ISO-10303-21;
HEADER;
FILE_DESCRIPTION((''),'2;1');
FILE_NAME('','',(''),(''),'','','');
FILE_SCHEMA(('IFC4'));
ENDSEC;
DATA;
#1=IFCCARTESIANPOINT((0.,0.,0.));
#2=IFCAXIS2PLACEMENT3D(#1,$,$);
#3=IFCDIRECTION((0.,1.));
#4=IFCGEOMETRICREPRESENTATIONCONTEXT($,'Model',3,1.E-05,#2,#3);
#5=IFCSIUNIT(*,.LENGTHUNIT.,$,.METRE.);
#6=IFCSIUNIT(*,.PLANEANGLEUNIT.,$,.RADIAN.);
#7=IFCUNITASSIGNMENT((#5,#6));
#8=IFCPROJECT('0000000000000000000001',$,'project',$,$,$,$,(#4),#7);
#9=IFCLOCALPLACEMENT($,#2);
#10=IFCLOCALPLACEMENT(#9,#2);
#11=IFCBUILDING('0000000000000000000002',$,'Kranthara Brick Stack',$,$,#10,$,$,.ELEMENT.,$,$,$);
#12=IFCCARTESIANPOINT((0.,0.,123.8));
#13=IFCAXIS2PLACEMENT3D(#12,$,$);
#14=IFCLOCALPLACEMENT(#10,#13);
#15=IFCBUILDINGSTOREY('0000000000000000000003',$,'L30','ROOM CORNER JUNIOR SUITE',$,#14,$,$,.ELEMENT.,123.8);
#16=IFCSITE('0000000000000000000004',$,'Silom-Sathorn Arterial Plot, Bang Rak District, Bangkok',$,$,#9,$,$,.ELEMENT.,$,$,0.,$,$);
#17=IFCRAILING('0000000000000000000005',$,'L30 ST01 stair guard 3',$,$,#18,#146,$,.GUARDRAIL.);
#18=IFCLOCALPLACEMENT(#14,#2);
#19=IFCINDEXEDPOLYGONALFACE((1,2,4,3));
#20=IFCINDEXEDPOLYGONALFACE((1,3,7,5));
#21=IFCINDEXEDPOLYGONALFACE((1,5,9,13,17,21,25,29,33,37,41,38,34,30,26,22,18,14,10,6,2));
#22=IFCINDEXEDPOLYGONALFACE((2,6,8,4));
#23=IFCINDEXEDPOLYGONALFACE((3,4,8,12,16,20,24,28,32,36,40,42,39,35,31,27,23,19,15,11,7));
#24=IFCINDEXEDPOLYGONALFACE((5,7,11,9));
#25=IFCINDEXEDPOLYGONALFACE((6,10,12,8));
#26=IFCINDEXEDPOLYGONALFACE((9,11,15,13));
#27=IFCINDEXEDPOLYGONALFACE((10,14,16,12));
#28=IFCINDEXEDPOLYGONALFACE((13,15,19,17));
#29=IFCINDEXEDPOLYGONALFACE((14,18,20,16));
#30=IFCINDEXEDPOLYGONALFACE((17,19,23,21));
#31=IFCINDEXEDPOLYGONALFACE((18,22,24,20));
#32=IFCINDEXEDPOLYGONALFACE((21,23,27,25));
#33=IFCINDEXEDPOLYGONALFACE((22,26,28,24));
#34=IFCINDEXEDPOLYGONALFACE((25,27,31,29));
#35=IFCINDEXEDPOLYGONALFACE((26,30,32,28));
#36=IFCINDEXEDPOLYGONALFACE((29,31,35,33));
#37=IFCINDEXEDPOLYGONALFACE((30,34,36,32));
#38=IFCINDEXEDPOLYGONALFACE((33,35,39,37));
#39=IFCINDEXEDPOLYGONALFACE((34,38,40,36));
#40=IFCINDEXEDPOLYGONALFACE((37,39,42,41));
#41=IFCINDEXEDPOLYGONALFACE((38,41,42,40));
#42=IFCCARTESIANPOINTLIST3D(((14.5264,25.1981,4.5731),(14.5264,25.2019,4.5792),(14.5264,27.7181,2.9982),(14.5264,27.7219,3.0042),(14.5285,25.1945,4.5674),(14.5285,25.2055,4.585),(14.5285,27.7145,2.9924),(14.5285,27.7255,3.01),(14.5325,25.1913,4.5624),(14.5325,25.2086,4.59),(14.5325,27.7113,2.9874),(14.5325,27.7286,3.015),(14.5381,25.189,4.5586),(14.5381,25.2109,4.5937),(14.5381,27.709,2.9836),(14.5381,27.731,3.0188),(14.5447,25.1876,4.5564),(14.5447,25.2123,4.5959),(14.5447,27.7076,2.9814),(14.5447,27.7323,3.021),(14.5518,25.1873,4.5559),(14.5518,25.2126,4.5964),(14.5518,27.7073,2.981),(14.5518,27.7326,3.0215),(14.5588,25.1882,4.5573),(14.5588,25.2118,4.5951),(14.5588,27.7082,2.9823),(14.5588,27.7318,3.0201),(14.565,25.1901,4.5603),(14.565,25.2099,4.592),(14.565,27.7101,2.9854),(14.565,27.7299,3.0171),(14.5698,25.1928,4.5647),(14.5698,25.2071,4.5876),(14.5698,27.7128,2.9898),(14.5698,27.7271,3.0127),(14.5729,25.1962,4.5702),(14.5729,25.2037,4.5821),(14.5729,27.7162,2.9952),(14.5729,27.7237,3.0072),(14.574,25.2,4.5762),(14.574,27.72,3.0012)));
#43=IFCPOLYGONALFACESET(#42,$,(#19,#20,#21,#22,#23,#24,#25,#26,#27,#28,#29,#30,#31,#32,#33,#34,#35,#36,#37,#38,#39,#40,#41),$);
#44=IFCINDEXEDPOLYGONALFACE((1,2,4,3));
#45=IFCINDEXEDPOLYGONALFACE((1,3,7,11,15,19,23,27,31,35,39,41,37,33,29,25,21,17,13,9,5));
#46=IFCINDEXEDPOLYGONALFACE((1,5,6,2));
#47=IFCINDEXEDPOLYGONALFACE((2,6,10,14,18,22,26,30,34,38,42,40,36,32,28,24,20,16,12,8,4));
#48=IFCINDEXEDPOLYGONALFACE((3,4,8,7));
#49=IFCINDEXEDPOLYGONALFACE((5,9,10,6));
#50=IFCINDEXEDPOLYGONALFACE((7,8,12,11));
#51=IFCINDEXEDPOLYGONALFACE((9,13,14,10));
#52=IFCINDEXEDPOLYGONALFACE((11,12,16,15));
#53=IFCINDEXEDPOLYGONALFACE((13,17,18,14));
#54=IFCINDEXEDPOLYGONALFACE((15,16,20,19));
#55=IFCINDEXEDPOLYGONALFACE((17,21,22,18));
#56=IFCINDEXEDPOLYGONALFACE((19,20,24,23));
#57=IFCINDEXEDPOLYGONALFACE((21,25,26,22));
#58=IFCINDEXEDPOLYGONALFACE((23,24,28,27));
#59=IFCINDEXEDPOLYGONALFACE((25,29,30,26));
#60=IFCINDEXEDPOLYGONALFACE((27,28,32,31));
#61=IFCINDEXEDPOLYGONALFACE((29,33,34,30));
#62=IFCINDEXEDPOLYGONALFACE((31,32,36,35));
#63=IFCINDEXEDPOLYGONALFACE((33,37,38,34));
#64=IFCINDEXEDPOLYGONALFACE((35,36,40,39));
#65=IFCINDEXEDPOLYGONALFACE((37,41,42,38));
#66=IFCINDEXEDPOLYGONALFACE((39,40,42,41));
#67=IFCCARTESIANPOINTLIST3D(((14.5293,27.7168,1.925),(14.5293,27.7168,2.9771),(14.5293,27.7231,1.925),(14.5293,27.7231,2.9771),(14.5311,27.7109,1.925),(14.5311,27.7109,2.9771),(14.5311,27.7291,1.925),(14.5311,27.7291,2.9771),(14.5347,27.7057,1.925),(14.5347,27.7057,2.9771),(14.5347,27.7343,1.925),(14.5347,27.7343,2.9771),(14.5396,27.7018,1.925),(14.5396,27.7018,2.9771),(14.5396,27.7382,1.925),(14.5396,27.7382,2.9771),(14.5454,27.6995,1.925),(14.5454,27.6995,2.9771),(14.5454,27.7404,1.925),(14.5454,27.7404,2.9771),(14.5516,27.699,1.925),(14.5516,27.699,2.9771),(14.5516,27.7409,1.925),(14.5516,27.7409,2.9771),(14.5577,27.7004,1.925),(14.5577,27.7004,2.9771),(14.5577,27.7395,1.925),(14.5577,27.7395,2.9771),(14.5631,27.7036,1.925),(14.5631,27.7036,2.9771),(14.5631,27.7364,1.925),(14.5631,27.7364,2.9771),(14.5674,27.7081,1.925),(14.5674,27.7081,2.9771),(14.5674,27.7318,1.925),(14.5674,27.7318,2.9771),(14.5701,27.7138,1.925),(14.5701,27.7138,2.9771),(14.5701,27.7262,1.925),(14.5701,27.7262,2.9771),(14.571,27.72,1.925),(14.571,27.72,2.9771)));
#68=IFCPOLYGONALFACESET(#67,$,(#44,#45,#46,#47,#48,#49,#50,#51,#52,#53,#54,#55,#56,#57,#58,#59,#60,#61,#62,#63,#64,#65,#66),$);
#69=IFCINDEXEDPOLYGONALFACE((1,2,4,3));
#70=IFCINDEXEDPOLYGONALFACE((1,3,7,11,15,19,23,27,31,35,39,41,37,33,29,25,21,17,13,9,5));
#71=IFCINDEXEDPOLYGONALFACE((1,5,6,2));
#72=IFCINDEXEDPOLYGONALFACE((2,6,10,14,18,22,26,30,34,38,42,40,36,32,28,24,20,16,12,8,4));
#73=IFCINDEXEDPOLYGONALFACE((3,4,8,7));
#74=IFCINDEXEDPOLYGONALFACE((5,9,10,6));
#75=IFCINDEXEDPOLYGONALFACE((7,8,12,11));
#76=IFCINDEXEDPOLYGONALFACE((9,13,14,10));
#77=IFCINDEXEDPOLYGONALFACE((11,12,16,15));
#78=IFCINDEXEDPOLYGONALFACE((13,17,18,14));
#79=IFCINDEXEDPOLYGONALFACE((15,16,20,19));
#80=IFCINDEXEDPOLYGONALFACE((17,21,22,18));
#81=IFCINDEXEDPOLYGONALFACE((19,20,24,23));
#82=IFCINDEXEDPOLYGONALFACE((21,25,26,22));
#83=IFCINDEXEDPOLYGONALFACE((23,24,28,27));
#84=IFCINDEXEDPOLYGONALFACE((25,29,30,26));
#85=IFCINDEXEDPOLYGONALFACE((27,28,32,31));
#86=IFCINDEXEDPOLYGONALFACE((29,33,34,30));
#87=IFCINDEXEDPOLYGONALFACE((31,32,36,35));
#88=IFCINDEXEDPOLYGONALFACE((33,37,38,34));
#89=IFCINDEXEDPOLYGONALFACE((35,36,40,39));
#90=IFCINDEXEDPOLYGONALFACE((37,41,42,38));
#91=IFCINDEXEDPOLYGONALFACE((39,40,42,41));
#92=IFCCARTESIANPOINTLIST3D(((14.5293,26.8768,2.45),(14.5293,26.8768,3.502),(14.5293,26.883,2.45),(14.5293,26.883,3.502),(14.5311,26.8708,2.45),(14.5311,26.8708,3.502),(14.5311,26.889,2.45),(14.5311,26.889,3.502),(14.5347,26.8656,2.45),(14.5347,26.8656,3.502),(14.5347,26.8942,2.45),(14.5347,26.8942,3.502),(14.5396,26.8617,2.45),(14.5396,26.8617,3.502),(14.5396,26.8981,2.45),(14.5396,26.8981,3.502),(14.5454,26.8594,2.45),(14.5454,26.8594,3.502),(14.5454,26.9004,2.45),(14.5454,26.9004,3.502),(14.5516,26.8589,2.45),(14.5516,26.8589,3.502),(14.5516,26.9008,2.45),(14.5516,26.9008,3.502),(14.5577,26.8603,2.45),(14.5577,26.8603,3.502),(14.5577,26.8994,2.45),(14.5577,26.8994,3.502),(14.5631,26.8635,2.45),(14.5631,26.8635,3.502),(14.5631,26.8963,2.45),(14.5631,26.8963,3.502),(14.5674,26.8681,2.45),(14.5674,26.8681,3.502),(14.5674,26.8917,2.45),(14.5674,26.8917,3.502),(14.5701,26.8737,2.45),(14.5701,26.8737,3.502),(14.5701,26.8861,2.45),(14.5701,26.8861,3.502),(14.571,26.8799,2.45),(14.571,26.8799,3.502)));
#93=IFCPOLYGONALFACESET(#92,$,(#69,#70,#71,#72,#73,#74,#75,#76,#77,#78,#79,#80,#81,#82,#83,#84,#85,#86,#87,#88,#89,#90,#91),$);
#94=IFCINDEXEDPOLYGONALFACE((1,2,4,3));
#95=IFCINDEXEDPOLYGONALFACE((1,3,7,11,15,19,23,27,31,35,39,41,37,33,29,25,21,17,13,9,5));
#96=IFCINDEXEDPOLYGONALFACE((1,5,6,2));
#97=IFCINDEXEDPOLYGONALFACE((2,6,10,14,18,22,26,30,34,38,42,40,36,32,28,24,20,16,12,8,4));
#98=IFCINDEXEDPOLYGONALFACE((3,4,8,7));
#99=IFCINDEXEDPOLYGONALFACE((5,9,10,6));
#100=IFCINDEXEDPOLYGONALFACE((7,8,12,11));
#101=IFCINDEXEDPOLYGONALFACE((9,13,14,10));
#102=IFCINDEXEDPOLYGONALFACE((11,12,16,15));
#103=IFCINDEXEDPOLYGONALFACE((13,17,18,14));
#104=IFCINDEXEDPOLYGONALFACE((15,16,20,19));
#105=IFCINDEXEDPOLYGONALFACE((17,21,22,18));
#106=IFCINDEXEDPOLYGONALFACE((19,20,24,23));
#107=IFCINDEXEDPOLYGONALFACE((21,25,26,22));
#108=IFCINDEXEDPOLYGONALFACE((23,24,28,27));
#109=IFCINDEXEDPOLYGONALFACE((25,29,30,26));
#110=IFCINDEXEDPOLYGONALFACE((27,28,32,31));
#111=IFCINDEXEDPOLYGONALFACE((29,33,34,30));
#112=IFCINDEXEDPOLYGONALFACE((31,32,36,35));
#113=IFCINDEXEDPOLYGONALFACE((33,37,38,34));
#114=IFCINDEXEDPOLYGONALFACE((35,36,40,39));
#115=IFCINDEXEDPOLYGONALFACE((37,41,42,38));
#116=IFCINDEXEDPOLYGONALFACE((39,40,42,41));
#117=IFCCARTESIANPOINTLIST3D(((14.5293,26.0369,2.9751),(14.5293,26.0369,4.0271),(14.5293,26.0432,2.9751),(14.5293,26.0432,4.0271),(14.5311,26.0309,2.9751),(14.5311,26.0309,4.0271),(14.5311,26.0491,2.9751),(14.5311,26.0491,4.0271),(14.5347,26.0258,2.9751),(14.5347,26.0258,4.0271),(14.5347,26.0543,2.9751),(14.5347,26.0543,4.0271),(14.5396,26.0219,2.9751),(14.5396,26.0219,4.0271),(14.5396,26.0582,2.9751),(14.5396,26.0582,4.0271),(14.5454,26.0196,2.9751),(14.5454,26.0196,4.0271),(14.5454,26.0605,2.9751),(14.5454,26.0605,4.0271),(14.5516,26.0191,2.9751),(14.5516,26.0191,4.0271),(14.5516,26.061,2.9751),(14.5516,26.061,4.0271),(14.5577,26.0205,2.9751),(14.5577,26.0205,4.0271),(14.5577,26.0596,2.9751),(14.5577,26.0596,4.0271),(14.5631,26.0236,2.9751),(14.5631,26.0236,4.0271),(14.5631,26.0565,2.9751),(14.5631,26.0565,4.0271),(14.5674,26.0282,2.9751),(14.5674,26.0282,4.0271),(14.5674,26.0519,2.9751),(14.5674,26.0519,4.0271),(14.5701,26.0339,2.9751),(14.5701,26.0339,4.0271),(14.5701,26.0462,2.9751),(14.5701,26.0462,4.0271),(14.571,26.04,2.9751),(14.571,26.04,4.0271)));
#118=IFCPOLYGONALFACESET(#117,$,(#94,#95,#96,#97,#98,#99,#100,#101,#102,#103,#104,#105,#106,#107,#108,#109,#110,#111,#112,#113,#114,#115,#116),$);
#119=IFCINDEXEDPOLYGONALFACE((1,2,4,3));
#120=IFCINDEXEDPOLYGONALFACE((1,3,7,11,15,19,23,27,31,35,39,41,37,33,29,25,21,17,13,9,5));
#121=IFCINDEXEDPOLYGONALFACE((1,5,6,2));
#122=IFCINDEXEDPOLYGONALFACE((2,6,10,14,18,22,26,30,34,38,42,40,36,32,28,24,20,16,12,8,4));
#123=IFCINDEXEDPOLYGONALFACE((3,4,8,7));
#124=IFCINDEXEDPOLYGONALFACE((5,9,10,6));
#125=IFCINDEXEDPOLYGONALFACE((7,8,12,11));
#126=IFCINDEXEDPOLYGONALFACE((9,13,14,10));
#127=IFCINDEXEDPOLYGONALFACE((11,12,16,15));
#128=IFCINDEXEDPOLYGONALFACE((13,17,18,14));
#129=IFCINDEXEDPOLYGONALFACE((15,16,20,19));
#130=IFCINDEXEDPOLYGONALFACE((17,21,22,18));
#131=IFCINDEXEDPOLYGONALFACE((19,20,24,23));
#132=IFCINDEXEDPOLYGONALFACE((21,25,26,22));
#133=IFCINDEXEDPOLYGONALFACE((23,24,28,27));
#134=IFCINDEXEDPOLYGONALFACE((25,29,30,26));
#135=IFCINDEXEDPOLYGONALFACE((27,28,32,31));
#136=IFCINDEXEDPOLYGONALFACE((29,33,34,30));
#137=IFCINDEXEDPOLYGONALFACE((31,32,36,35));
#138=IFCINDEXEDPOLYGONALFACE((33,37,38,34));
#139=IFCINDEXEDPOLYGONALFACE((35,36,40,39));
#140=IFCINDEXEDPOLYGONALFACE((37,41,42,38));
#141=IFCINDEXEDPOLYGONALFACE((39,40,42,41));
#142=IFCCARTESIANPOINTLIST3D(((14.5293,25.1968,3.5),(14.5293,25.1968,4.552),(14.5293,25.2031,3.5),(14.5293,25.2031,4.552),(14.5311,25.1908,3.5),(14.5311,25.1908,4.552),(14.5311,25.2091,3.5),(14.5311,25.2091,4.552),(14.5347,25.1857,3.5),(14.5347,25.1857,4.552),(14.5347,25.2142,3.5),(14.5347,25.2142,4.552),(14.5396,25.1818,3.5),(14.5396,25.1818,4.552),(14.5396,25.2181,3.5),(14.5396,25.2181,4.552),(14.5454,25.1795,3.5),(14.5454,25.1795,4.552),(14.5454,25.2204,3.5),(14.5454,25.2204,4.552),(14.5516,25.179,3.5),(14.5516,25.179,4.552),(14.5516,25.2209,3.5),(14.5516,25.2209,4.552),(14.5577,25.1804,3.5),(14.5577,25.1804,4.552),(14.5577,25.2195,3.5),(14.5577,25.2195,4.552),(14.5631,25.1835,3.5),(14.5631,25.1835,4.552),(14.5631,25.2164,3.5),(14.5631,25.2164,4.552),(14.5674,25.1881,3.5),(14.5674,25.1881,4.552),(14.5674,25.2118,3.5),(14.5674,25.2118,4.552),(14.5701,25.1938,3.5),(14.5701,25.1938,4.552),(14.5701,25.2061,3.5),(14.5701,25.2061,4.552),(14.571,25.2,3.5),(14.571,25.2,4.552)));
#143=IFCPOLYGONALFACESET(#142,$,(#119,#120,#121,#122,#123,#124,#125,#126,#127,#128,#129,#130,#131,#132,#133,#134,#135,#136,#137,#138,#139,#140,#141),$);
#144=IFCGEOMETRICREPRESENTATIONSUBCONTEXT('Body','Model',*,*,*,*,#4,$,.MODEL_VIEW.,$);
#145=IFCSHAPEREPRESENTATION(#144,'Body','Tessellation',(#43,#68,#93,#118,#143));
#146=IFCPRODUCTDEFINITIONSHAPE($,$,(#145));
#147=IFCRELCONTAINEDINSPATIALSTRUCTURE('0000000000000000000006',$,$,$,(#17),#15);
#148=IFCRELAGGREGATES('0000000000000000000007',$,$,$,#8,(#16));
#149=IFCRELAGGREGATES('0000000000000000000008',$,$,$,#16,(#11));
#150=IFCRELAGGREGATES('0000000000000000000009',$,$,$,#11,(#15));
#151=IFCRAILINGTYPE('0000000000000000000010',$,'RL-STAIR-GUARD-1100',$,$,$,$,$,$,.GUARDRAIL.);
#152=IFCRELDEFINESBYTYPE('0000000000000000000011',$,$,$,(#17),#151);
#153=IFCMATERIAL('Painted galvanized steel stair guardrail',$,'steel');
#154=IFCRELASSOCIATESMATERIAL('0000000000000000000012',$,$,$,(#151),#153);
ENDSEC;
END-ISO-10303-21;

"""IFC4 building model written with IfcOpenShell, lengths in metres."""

from ifc_helpers import new_model, si_unit, direction, frame, origin, origin_2d, place, context, subcontext, project, spatial, circle, extrude, material, type_object, element, save


model = new_model("IFC4")

# Units and contexts
model_context = context("Model", 3, precision=1e-05, world=origin(), true_north=direction((0.0, 1.0)))
body_context = subcontext(model_context, "Body", "Model", "MODEL_VIEW")
ifc_project = project(units=[si_unit("LENGTHUNIT", "METRE"), si_unit("PLANEANGLEUNIT", "RADIAN")], contexts=[model_context])

# Site, building, storey
site_placement = place(None, origin())
site = spatial("IfcSite", under=ifc_project, at=site_placement, Name="Silom-Sathorn Arterial Plot, Bang Rak District, Bangkok", CompositionType="ELEMENT", RefElevation=0.0)
building_placement = place(site_placement, origin())
building = spatial("IfcBuilding", under=site, at=building_placement, Name="Kranthara Brick Stack", CompositionType="ELEMENT")
storey_placement = place(building_placement, frame((0.0, 0.0, 123.8)))
storey = spatial("IfcBuildingStorey", under=building, at=storey_placement, Name="L30", Description="ROOM CORNER JUNIOR SUITE", CompositionType="ELEMENT", Elevation=123.8)

# Railing
ifc_material_1 = material(Name="Painted galvanized steel stair guardrail", Category="steel")
railing_type_1 = type_object("IfcRailingType", Name="RL-STAIR-GUARD-1100", PredefinedType="GUARDRAIL", material=ifc_material_1)
railing_1_placement = place(storey_placement, frame((14.55, 27.72, 1.925)))
element("IfcRailing", 1, at=railing_1_placement, inside=storey, type_object=railing_type_1, Name="L30 ST01 stair guard 3", PredefinedType="GUARDRAIL", context=body_context, shape_type="SweptSolid", body=[
    extrude(circle(Radius=0.0239, at=origin_2d()), frame((0.0, 0.0, 1.0762), z_axis=(0.0, -0.848008, 0.529984), x_axis=(1.0, 0.0, 0.0)), (0.0, 0.0, 1.0), 2.9717),
    extrude(circle(Radius=0.021, at=origin_2d()), origin(), (0.0, 0.0, 1.0), 1.052),
    extrude(circle(Radius=0.021, at=origin_2d()), frame((0.0, -0.8401, 0.5249)), (0.0, 0.0, 1.0), 1.052),
    extrude(circle(Radius=0.021, at=origin_2d()), frame((0.0, -1.6799, 1.05)), (0.0, 0.0, 1.0), 1.052),
    extrude(circle(Radius=0.021, at=origin_2d()), frame((0.0, -2.52, 1.575)), (0.0, 0.0, 1.0), 1.052),
])

save(model, "model.ifc")
